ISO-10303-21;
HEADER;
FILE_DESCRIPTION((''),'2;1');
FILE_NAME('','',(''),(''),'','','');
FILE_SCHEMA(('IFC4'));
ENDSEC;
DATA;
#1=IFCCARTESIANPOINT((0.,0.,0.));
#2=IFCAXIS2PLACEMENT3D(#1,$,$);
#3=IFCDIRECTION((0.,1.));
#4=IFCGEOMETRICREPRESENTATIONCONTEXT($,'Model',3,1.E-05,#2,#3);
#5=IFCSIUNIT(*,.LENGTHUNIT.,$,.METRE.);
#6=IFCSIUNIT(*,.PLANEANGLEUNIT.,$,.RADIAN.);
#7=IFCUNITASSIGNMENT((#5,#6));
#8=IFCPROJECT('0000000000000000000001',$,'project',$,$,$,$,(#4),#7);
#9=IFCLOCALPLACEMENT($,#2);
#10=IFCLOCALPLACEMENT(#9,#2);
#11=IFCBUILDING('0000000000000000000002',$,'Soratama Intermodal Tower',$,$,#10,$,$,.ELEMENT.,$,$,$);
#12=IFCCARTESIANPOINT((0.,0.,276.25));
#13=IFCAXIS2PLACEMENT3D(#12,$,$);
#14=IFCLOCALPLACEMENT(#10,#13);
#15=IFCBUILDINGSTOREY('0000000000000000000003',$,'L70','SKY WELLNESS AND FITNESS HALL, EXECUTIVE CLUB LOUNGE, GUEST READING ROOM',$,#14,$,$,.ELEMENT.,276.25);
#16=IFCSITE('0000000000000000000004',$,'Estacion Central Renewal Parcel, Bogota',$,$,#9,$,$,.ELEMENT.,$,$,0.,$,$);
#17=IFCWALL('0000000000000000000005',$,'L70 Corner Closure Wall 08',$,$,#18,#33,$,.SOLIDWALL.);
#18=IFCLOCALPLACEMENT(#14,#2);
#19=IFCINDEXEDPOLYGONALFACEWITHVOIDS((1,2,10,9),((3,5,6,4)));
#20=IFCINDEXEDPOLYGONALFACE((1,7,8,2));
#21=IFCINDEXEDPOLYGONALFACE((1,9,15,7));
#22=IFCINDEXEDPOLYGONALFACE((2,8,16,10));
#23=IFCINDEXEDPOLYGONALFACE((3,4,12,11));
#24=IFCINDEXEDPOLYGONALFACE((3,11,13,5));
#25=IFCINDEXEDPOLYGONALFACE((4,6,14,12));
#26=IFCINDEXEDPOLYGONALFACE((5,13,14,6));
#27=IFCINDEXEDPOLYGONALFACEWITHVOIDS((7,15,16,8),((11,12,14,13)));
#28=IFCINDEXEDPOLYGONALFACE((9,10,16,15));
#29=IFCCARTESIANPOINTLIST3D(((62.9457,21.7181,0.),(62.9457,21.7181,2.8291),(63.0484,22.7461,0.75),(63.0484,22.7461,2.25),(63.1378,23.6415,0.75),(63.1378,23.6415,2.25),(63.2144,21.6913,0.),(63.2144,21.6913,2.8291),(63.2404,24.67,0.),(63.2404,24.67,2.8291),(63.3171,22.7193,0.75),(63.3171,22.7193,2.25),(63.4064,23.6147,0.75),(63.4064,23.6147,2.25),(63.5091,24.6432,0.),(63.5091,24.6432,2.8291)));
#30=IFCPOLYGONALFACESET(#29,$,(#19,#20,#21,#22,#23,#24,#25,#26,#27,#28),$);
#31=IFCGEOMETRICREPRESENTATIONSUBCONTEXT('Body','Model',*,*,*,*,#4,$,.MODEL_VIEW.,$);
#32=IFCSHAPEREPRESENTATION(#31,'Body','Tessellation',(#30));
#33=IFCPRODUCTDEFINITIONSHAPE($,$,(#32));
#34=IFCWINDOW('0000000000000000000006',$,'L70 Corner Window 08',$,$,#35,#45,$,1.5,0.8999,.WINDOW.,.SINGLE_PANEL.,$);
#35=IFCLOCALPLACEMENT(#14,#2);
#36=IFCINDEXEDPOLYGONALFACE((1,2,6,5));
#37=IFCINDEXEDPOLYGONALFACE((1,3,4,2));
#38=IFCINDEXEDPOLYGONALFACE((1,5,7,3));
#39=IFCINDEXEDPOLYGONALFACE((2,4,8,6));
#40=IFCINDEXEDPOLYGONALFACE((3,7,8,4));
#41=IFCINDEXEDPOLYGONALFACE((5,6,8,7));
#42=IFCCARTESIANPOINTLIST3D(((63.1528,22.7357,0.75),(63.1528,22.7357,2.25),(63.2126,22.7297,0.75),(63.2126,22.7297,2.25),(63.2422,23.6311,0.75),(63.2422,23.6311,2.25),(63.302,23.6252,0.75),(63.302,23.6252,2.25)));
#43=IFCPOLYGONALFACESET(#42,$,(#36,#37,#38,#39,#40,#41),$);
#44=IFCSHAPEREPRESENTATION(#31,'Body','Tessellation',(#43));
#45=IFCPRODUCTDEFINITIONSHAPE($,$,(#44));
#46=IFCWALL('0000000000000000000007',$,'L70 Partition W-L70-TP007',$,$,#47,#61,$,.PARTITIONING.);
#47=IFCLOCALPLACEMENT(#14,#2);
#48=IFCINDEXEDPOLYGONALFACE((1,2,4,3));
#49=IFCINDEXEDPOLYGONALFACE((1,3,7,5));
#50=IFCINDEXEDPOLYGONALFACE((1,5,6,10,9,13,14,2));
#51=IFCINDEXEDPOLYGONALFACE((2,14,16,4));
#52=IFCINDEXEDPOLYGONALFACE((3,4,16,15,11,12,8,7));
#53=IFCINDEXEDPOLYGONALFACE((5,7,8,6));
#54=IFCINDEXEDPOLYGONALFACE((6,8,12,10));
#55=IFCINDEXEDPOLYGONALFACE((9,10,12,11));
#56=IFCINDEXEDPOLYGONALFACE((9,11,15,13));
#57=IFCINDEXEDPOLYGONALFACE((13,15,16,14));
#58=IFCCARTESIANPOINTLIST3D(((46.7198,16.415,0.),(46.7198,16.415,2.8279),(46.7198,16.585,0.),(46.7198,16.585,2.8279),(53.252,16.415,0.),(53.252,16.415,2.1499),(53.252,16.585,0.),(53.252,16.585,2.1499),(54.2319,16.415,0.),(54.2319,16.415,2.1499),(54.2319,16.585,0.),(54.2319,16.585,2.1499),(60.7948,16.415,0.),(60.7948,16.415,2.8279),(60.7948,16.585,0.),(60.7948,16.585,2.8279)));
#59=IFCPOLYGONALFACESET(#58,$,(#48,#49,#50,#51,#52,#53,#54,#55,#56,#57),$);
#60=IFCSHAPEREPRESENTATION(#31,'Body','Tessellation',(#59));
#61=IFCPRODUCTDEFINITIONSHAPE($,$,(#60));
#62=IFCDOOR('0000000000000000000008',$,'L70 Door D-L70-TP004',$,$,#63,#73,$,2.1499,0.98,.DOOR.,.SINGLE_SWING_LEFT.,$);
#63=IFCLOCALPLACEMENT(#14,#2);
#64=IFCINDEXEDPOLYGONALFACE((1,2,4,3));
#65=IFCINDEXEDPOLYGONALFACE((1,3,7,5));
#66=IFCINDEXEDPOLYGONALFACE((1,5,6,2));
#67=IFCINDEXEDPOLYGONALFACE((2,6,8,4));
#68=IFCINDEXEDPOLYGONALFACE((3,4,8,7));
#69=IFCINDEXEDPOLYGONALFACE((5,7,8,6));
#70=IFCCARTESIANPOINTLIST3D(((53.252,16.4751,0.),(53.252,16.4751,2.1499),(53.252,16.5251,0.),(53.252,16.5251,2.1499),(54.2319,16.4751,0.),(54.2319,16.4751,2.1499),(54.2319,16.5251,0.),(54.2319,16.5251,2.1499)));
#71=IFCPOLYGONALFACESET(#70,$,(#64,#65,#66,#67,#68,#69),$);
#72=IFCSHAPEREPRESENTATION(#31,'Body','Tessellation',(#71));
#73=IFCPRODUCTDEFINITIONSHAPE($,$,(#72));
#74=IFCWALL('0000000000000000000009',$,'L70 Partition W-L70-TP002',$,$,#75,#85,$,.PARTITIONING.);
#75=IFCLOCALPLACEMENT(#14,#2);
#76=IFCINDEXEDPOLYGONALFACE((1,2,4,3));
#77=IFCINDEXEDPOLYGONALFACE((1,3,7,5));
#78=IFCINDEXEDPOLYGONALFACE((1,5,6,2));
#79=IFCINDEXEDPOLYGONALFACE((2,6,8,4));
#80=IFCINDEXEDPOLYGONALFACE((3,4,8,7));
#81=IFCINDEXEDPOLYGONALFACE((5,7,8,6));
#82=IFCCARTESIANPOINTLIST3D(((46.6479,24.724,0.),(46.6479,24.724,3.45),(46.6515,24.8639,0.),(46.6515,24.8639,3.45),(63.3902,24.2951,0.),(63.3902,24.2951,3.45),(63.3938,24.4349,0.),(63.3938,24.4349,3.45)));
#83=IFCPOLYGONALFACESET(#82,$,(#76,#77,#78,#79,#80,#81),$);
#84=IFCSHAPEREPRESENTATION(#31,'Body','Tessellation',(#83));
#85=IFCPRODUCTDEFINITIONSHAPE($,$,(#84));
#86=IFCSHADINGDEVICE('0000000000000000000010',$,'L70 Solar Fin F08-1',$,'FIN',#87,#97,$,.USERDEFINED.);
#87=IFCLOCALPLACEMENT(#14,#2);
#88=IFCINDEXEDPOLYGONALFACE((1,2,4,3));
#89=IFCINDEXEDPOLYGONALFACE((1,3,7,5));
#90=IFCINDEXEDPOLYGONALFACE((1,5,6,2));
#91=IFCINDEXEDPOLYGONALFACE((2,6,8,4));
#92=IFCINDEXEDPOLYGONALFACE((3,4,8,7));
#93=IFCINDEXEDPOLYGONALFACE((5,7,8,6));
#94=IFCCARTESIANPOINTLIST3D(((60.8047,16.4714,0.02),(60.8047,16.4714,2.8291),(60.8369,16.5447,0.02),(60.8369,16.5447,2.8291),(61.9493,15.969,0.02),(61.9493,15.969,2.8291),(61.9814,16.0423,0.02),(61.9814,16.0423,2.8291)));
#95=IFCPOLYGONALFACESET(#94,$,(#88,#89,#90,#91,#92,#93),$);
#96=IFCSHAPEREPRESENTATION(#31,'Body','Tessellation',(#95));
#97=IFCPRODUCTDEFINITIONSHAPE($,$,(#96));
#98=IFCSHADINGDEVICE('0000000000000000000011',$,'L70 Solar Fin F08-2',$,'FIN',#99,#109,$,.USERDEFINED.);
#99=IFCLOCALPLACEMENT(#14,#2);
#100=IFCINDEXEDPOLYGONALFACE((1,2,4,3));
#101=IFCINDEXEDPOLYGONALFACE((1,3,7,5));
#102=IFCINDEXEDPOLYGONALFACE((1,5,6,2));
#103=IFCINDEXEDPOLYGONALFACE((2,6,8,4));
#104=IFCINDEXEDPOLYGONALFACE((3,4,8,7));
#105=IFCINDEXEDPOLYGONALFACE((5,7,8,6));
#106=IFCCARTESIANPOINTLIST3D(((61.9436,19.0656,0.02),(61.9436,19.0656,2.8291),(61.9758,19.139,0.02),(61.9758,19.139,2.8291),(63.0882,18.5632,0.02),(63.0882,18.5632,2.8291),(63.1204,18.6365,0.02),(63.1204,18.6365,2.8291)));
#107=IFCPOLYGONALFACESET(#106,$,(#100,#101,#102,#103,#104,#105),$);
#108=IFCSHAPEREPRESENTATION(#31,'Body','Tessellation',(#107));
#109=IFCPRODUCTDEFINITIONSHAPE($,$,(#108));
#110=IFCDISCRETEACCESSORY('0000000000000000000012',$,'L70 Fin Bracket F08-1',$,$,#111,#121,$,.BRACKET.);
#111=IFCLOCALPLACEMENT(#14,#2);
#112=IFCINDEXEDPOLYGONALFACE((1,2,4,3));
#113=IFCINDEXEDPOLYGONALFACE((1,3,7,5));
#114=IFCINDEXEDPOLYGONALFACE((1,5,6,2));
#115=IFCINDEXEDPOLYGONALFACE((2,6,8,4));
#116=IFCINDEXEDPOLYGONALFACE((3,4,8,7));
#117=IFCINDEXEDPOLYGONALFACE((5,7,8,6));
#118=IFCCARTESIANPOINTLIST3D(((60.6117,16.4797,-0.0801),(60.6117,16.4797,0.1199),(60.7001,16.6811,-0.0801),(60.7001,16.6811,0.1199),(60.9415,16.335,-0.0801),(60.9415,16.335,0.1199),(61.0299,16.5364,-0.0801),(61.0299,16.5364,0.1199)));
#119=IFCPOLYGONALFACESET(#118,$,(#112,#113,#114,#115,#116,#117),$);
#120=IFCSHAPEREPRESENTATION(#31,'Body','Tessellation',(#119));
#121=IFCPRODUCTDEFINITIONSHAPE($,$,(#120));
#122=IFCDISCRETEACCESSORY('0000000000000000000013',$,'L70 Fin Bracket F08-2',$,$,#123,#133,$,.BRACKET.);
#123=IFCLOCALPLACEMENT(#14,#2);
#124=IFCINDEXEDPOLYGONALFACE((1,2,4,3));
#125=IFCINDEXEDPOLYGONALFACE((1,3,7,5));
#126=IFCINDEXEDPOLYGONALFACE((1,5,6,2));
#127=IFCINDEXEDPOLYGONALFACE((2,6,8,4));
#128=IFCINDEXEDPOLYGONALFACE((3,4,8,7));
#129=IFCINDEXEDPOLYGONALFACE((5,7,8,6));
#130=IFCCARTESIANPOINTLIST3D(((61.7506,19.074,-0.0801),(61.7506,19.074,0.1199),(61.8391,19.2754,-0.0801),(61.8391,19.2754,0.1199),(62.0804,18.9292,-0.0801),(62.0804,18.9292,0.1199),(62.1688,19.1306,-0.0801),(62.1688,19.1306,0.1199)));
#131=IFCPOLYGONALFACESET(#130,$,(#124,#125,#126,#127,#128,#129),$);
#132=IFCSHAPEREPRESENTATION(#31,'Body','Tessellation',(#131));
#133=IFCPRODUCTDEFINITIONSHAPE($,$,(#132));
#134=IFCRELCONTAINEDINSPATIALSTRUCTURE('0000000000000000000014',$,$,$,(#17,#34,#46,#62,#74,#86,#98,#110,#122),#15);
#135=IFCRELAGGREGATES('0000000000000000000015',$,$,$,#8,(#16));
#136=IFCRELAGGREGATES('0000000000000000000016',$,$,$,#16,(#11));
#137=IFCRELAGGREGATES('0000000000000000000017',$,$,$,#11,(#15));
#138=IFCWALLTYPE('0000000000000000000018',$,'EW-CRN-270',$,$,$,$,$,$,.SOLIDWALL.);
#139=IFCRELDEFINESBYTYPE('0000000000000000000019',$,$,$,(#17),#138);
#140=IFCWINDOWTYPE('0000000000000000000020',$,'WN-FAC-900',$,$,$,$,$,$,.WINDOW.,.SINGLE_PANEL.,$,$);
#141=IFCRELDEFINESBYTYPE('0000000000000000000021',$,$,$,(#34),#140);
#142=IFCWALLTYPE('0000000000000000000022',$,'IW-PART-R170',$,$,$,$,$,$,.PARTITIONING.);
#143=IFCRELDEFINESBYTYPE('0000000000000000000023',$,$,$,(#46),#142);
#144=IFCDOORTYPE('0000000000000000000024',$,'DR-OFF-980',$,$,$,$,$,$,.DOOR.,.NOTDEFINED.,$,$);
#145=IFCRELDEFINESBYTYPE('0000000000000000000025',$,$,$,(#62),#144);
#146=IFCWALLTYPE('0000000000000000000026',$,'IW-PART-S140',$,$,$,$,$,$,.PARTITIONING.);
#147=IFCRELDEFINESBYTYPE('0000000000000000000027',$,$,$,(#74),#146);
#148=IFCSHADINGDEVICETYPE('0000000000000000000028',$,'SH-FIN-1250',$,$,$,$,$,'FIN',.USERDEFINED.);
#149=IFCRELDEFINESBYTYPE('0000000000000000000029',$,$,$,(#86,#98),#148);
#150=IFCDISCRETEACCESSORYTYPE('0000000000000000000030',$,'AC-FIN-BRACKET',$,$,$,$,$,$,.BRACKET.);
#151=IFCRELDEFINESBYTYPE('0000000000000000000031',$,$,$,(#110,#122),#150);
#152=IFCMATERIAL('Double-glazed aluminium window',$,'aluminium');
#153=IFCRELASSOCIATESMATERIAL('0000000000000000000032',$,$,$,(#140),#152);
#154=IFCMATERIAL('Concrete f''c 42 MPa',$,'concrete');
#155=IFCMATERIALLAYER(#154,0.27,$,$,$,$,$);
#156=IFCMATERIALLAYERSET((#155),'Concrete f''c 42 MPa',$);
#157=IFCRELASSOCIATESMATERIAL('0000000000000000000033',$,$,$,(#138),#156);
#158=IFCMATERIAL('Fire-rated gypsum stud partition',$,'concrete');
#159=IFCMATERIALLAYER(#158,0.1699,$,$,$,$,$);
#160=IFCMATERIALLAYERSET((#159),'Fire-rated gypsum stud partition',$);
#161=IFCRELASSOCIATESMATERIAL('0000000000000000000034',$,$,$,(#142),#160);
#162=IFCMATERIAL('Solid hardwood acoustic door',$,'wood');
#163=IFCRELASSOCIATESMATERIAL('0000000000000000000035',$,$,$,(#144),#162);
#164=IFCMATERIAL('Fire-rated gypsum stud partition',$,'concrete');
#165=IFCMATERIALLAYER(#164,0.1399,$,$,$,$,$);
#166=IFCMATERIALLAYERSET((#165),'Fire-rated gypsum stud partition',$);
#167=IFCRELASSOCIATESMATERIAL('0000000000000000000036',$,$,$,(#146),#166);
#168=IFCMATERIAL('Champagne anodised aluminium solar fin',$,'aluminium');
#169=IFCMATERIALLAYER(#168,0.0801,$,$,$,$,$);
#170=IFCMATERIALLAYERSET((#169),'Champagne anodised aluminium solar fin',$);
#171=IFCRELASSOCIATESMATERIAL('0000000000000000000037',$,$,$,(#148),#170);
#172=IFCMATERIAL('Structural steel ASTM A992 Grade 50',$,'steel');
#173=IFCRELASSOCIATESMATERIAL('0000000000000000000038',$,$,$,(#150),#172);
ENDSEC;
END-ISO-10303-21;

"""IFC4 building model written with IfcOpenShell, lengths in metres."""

from ifc_helpers import new_model, si_unit, direction, frame, frame_2d, origin, origin_2d, place, context, subcontext, project, spatial, rectangle, extrude, material, layer, layer_set, type_object, element, fill, save


model = new_model("IFC4")

# Units and contexts
model_context = context("Model", 3, precision=1e-05, world=origin(), true_north=direction((0.0, 1.0)))
body_context = subcontext(model_context, "Body", "Model", "MODEL_VIEW")
ifc_project = project(units=[si_unit("LENGTHUNIT", "METRE"), si_unit("PLANEANGLEUNIT", "RADIAN")], contexts=[model_context])

# Site, building, storey
site_placement = place(None, origin())
site = spatial("IfcSite", under=ifc_project, at=site_placement, Name="Estacion Central Renewal Parcel, Bogota", CompositionType="ELEMENT", RefElevation=0.0)
building_placement = place(site_placement, origin())
building = spatial("IfcBuilding", under=site, at=building_placement, Name="Soratama Intermodal Tower", CompositionType="ELEMENT")
storey_placement = place(building_placement, frame((0.0, 0.0, 276.25)))
storey = spatial("IfcBuildingStorey", under=building, at=storey_placement, Name="L70", Description="SKY WELLNESS AND FITNESS HALL, EXECUTIVE CLUB LOUNGE, GUEST READING ROOM", CompositionType="ELEMENT", Elevation=276.25)

# Shared definitions
ifc_material_1 = material(Name="Double-glazed aluminium window", Category="aluminium")
window_type = type_object("IfcWindowType", Name="WN-FAC-900", PartitioningType="SINGLE_PANEL", PredefinedType="WINDOW", material=ifc_material_1)

# Wall, opening, window
ifc_material_2 = material(Name="Concrete f'c 42 MPa", Category="concrete")
ifc_layer_1 = layer(ifc_material_2, 0.27)
ifc_layer_set_1 = layer_set([ifc_layer_1], Name="Concrete f'c 42 MPa")
wall_type_1 = type_object("IfcWallType", Name="EW-CRN-270", PredefinedType="SOLIDWALL", material=ifc_layer_set_1)
wall_1_placement = place(storey_placement, frame((63.0801, 21.7046, 0.0), z_axis=(0.0, 0.0, 1.0), x_axis=(0.099333, 0.995054, 0.0)))
wall_1 = element("IfcWall", 1, at=wall_1_placement, inside=storey, type_object=wall_type_1, Name="L70 Corner Closure Wall 08", PredefinedType="SOLIDWALL", context=body_context, shape_type="SweptSolid", body=[
    extrude(rectangle(XDim=2.9666, YDim=0.27, at=frame_2d((1.4834, 0.0))), origin(), (0.0, 0.0, 1.0), 2.8291),
])
opening_1_placement = place(wall_1_placement, frame((1.0332, 0.0, 0.75)))
opening_1 = element("IfcOpeningElement", 2, at=opening_1_placement, cuts=wall_1, PredefinedType="OPENING", context=body_context, shape_type="SweptSolid", body=[
    extrude(rectangle(XDim=0.8999, YDim=1.5, at=frame_2d((0.45, 0.75))), frame((0.0, 0.145, 0.0), z_axis=(0.0, -1.0, 0.0), x_axis=(1.0, 0.0, 0.0)), (0.0, 0.0, 1.0), 0.29),
])
window_1_placement = place(opening_1_placement, origin())
window_1 = element("IfcWindow", 3, at=window_1_placement, inside=storey, type_object=window_type, Name="L70 Corner Window 08", OverallHeight=1.5, OverallWidth=0.8999, PartitioningType="SINGLE_PANEL", PredefinedType="WINDOW", context=body_context, shape_type="SweptSolid", body=[
    extrude(rectangle(XDim=0.8999, YDim=1.5, at=frame_2d((0.45, 0.75))), frame((0.0, 0.03, 0.0), z_axis=(0.0, -1.0, 0.0), x_axis=(1.0, 0.0, 0.0)), (0.0, 0.0, 1.0), 0.0601),
])
fill(opening_1, window_1)

# Wall, opening, door
ifc_material_3 = material(Name="Fire-rated gypsum stud partition", Category="concrete")
ifc_layer_2 = layer(ifc_material_3, 0.1699)
ifc_layer_set_2 = layer_set([ifc_layer_2], Name="Fire-rated gypsum stud partition")
wall_type_2 = type_object("IfcWallType", Name="IW-PART-R170", PredefinedType="PARTITIONING", material=ifc_layer_set_2)
wall_2_placement = place(storey_placement, frame((60.7949, 16.5, 0.0), z_axis=(0.0, 0.0, 1.0), x_axis=(-1.0, 0.0, 0.0)))
wall_2 = element("IfcWall", 4, at=wall_2_placement, inside=storey, type_object=wall_type_2, Name="L70 Partition W-L70-TP007", PredefinedType="PARTITIONING", context=body_context, shape_type="SweptSolid", body=[
    extrude(rectangle(XDim=14.075, YDim=0.1699, at=frame_2d((7.0376, 0.0))), origin(), (0.0, 0.0, 1.0), 2.8279),
])
opening_2_placement = place(wall_2_placement, frame((6.563, 0.0, 0.0)))
opening_2 = element("IfcOpeningElement", 5, at=opening_2_placement, cuts=wall_2, PredefinedType="OPENING", context=body_context, shape_type="SweptSolid", body=[
    extrude(rectangle(XDim=0.98, YDim=2.1499, at=frame_2d((0.49, 1.075))), frame((0.0, 0.095, 0.0), z_axis=(0.0, -1.0, 0.0), x_axis=(1.0, 0.0, 0.0)), (0.0, 0.0, 1.0), 0.1899),
])
ifc_material_4 = material(Name="Solid hardwood acoustic door", Category="wood")
door_type_1 = type_object("IfcDoorType", Name="DR-OFF-980", OperationType="NOTDEFINED", PredefinedType="DOOR", material=ifc_material_4)
door_1_placement = place(opening_2_placement, origin())
door_1 = element("IfcDoor", 6, at=door_1_placement, inside=storey, type_object=door_type_1, Name="L70 Door D-L70-TP004", OperationType="SINGLE_SWING_LEFT", OverallHeight=2.1499, OverallWidth=0.98, PredefinedType="DOOR", context=body_context, shape_type="SweptSolid", body=[
    extrude(rectangle(XDim=0.98, YDim=2.1499, at=frame_2d((0.49, 1.075))), frame((0.0, 0.0249, 0.0), z_axis=(0.0, -1.0, 0.0), x_axis=(1.0, 0.0, 0.0)), (0.0, 0.0, 1.0), 0.05),
])
fill(opening_2, door_1)

# Wall
ifc_material_5 = material(Name="Fire-rated gypsum stud partition", Category="concrete")
ifc_layer_3 = layer(ifc_material_5, 0.1399)
ifc_layer_set_3 = layer_set([ifc_layer_3], Name="Fire-rated gypsum stud partition")
wall_type_3 = type_object("IfcWallType", Name="IW-PART-S140", PredefinedType="PARTITIONING", material=ifc_layer_set_3)
wall_3_placement = place(storey_placement, frame((63.3921, 24.365, 0.0), z_axis=(0.0, 0.0, 1.0), x_axis=(-0.999672, 0.025613, 0.0)))
element("IfcWall", 7, at=wall_3_placement, inside=storey, type_object=wall_type_3, Name="L70 Partition W-L70-TP002", PredefinedType="PARTITIONING", context=body_context, shape_type="SweptSolid", body=[
    extrude(rectangle(XDim=16.7478, YDim=0.1399, at=frame_2d((8.374, 0.0))), origin(), (0.0, 0.0, 1.0), 3.45),
])

# Shading devices
ifc_material_6 = material(Name="Champagne anodised aluminium solar fin", Category="aluminium")
ifc_layer_4 = layer(ifc_material_6, 0.0801)
ifc_layer_set_4 = layer_set([ifc_layer_4], Name="Champagne anodised aluminium solar fin")
shading_device_type = type_object("IfcShadingDeviceType", Name="SH-FIN-1250", ElementType="FIN", PredefinedType="USERDEFINED", material=ifc_layer_set_4)
for number, where, z_axis, x_axis, name in (
    (8, (61.3931, 16.2568, 0.02), (0.0, 0.0, 1.0), (0.915663, -0.401948, 0.0), "L70 Solar Fin F08-1"),
    (9, (62.532, 18.8511, 0.02), (0.0, 0.0, 1.0), (0.915663, -0.401948, 0.0), "L70 Solar Fin F08-2"),
):
    element("IfcShadingDevice", number, at=place(storey_placement, frame(where, z_axis=z_axis, x_axis=x_axis)), inside=storey, type_object=shading_device_type, Name=name, ObjectType="FIN", PredefinedType="USERDEFINED", context=body_context, shape_type="SweptSolid", body=[
        extrude(rectangle(XDim=1.25, YDim=0.0801, at=origin_2d()), origin(), (0.0, 0.0, 1.0), 2.8091),
    ])

# Discrete accessories
ifc_material_7 = material(Name="Structural steel ASTM A992 Grade 50", Category="steel")
discrete_accessory_type = type_object("IfcDiscreteAccessoryType", Name="AC-FIN-BRACKET", PredefinedType="BRACKET", material=ifc_material_7)
for number, where, z_axis, x_axis, name in (
    (10, (60.8208, 16.5081, -0.0801), (0.0, 0.0, 1.0), (0.915663, -0.401948, 0.0), "L70 Fin Bracket F08-1"),
    (11, (61.9597, 19.1023, -0.0801), (0.0, 0.0, 1.0), (0.915663, -0.401948, 0.0), "L70 Fin Bracket F08-2"),
):
    element("IfcDiscreteAccessory", number, at=place(storey_placement, frame(where, z_axis=z_axis, x_axis=x_axis)), inside=storey, type_object=discrete_accessory_type, Name=name, PredefinedType="BRACKET", context=body_context, shape_type="SweptSolid", body=[
        extrude(rectangle(XDim=0.3601, YDim=0.22, at=origin_2d()), origin(), (0.0, 0.0, 1.0), 0.2),
    ])

save(model, "model.ifc")
